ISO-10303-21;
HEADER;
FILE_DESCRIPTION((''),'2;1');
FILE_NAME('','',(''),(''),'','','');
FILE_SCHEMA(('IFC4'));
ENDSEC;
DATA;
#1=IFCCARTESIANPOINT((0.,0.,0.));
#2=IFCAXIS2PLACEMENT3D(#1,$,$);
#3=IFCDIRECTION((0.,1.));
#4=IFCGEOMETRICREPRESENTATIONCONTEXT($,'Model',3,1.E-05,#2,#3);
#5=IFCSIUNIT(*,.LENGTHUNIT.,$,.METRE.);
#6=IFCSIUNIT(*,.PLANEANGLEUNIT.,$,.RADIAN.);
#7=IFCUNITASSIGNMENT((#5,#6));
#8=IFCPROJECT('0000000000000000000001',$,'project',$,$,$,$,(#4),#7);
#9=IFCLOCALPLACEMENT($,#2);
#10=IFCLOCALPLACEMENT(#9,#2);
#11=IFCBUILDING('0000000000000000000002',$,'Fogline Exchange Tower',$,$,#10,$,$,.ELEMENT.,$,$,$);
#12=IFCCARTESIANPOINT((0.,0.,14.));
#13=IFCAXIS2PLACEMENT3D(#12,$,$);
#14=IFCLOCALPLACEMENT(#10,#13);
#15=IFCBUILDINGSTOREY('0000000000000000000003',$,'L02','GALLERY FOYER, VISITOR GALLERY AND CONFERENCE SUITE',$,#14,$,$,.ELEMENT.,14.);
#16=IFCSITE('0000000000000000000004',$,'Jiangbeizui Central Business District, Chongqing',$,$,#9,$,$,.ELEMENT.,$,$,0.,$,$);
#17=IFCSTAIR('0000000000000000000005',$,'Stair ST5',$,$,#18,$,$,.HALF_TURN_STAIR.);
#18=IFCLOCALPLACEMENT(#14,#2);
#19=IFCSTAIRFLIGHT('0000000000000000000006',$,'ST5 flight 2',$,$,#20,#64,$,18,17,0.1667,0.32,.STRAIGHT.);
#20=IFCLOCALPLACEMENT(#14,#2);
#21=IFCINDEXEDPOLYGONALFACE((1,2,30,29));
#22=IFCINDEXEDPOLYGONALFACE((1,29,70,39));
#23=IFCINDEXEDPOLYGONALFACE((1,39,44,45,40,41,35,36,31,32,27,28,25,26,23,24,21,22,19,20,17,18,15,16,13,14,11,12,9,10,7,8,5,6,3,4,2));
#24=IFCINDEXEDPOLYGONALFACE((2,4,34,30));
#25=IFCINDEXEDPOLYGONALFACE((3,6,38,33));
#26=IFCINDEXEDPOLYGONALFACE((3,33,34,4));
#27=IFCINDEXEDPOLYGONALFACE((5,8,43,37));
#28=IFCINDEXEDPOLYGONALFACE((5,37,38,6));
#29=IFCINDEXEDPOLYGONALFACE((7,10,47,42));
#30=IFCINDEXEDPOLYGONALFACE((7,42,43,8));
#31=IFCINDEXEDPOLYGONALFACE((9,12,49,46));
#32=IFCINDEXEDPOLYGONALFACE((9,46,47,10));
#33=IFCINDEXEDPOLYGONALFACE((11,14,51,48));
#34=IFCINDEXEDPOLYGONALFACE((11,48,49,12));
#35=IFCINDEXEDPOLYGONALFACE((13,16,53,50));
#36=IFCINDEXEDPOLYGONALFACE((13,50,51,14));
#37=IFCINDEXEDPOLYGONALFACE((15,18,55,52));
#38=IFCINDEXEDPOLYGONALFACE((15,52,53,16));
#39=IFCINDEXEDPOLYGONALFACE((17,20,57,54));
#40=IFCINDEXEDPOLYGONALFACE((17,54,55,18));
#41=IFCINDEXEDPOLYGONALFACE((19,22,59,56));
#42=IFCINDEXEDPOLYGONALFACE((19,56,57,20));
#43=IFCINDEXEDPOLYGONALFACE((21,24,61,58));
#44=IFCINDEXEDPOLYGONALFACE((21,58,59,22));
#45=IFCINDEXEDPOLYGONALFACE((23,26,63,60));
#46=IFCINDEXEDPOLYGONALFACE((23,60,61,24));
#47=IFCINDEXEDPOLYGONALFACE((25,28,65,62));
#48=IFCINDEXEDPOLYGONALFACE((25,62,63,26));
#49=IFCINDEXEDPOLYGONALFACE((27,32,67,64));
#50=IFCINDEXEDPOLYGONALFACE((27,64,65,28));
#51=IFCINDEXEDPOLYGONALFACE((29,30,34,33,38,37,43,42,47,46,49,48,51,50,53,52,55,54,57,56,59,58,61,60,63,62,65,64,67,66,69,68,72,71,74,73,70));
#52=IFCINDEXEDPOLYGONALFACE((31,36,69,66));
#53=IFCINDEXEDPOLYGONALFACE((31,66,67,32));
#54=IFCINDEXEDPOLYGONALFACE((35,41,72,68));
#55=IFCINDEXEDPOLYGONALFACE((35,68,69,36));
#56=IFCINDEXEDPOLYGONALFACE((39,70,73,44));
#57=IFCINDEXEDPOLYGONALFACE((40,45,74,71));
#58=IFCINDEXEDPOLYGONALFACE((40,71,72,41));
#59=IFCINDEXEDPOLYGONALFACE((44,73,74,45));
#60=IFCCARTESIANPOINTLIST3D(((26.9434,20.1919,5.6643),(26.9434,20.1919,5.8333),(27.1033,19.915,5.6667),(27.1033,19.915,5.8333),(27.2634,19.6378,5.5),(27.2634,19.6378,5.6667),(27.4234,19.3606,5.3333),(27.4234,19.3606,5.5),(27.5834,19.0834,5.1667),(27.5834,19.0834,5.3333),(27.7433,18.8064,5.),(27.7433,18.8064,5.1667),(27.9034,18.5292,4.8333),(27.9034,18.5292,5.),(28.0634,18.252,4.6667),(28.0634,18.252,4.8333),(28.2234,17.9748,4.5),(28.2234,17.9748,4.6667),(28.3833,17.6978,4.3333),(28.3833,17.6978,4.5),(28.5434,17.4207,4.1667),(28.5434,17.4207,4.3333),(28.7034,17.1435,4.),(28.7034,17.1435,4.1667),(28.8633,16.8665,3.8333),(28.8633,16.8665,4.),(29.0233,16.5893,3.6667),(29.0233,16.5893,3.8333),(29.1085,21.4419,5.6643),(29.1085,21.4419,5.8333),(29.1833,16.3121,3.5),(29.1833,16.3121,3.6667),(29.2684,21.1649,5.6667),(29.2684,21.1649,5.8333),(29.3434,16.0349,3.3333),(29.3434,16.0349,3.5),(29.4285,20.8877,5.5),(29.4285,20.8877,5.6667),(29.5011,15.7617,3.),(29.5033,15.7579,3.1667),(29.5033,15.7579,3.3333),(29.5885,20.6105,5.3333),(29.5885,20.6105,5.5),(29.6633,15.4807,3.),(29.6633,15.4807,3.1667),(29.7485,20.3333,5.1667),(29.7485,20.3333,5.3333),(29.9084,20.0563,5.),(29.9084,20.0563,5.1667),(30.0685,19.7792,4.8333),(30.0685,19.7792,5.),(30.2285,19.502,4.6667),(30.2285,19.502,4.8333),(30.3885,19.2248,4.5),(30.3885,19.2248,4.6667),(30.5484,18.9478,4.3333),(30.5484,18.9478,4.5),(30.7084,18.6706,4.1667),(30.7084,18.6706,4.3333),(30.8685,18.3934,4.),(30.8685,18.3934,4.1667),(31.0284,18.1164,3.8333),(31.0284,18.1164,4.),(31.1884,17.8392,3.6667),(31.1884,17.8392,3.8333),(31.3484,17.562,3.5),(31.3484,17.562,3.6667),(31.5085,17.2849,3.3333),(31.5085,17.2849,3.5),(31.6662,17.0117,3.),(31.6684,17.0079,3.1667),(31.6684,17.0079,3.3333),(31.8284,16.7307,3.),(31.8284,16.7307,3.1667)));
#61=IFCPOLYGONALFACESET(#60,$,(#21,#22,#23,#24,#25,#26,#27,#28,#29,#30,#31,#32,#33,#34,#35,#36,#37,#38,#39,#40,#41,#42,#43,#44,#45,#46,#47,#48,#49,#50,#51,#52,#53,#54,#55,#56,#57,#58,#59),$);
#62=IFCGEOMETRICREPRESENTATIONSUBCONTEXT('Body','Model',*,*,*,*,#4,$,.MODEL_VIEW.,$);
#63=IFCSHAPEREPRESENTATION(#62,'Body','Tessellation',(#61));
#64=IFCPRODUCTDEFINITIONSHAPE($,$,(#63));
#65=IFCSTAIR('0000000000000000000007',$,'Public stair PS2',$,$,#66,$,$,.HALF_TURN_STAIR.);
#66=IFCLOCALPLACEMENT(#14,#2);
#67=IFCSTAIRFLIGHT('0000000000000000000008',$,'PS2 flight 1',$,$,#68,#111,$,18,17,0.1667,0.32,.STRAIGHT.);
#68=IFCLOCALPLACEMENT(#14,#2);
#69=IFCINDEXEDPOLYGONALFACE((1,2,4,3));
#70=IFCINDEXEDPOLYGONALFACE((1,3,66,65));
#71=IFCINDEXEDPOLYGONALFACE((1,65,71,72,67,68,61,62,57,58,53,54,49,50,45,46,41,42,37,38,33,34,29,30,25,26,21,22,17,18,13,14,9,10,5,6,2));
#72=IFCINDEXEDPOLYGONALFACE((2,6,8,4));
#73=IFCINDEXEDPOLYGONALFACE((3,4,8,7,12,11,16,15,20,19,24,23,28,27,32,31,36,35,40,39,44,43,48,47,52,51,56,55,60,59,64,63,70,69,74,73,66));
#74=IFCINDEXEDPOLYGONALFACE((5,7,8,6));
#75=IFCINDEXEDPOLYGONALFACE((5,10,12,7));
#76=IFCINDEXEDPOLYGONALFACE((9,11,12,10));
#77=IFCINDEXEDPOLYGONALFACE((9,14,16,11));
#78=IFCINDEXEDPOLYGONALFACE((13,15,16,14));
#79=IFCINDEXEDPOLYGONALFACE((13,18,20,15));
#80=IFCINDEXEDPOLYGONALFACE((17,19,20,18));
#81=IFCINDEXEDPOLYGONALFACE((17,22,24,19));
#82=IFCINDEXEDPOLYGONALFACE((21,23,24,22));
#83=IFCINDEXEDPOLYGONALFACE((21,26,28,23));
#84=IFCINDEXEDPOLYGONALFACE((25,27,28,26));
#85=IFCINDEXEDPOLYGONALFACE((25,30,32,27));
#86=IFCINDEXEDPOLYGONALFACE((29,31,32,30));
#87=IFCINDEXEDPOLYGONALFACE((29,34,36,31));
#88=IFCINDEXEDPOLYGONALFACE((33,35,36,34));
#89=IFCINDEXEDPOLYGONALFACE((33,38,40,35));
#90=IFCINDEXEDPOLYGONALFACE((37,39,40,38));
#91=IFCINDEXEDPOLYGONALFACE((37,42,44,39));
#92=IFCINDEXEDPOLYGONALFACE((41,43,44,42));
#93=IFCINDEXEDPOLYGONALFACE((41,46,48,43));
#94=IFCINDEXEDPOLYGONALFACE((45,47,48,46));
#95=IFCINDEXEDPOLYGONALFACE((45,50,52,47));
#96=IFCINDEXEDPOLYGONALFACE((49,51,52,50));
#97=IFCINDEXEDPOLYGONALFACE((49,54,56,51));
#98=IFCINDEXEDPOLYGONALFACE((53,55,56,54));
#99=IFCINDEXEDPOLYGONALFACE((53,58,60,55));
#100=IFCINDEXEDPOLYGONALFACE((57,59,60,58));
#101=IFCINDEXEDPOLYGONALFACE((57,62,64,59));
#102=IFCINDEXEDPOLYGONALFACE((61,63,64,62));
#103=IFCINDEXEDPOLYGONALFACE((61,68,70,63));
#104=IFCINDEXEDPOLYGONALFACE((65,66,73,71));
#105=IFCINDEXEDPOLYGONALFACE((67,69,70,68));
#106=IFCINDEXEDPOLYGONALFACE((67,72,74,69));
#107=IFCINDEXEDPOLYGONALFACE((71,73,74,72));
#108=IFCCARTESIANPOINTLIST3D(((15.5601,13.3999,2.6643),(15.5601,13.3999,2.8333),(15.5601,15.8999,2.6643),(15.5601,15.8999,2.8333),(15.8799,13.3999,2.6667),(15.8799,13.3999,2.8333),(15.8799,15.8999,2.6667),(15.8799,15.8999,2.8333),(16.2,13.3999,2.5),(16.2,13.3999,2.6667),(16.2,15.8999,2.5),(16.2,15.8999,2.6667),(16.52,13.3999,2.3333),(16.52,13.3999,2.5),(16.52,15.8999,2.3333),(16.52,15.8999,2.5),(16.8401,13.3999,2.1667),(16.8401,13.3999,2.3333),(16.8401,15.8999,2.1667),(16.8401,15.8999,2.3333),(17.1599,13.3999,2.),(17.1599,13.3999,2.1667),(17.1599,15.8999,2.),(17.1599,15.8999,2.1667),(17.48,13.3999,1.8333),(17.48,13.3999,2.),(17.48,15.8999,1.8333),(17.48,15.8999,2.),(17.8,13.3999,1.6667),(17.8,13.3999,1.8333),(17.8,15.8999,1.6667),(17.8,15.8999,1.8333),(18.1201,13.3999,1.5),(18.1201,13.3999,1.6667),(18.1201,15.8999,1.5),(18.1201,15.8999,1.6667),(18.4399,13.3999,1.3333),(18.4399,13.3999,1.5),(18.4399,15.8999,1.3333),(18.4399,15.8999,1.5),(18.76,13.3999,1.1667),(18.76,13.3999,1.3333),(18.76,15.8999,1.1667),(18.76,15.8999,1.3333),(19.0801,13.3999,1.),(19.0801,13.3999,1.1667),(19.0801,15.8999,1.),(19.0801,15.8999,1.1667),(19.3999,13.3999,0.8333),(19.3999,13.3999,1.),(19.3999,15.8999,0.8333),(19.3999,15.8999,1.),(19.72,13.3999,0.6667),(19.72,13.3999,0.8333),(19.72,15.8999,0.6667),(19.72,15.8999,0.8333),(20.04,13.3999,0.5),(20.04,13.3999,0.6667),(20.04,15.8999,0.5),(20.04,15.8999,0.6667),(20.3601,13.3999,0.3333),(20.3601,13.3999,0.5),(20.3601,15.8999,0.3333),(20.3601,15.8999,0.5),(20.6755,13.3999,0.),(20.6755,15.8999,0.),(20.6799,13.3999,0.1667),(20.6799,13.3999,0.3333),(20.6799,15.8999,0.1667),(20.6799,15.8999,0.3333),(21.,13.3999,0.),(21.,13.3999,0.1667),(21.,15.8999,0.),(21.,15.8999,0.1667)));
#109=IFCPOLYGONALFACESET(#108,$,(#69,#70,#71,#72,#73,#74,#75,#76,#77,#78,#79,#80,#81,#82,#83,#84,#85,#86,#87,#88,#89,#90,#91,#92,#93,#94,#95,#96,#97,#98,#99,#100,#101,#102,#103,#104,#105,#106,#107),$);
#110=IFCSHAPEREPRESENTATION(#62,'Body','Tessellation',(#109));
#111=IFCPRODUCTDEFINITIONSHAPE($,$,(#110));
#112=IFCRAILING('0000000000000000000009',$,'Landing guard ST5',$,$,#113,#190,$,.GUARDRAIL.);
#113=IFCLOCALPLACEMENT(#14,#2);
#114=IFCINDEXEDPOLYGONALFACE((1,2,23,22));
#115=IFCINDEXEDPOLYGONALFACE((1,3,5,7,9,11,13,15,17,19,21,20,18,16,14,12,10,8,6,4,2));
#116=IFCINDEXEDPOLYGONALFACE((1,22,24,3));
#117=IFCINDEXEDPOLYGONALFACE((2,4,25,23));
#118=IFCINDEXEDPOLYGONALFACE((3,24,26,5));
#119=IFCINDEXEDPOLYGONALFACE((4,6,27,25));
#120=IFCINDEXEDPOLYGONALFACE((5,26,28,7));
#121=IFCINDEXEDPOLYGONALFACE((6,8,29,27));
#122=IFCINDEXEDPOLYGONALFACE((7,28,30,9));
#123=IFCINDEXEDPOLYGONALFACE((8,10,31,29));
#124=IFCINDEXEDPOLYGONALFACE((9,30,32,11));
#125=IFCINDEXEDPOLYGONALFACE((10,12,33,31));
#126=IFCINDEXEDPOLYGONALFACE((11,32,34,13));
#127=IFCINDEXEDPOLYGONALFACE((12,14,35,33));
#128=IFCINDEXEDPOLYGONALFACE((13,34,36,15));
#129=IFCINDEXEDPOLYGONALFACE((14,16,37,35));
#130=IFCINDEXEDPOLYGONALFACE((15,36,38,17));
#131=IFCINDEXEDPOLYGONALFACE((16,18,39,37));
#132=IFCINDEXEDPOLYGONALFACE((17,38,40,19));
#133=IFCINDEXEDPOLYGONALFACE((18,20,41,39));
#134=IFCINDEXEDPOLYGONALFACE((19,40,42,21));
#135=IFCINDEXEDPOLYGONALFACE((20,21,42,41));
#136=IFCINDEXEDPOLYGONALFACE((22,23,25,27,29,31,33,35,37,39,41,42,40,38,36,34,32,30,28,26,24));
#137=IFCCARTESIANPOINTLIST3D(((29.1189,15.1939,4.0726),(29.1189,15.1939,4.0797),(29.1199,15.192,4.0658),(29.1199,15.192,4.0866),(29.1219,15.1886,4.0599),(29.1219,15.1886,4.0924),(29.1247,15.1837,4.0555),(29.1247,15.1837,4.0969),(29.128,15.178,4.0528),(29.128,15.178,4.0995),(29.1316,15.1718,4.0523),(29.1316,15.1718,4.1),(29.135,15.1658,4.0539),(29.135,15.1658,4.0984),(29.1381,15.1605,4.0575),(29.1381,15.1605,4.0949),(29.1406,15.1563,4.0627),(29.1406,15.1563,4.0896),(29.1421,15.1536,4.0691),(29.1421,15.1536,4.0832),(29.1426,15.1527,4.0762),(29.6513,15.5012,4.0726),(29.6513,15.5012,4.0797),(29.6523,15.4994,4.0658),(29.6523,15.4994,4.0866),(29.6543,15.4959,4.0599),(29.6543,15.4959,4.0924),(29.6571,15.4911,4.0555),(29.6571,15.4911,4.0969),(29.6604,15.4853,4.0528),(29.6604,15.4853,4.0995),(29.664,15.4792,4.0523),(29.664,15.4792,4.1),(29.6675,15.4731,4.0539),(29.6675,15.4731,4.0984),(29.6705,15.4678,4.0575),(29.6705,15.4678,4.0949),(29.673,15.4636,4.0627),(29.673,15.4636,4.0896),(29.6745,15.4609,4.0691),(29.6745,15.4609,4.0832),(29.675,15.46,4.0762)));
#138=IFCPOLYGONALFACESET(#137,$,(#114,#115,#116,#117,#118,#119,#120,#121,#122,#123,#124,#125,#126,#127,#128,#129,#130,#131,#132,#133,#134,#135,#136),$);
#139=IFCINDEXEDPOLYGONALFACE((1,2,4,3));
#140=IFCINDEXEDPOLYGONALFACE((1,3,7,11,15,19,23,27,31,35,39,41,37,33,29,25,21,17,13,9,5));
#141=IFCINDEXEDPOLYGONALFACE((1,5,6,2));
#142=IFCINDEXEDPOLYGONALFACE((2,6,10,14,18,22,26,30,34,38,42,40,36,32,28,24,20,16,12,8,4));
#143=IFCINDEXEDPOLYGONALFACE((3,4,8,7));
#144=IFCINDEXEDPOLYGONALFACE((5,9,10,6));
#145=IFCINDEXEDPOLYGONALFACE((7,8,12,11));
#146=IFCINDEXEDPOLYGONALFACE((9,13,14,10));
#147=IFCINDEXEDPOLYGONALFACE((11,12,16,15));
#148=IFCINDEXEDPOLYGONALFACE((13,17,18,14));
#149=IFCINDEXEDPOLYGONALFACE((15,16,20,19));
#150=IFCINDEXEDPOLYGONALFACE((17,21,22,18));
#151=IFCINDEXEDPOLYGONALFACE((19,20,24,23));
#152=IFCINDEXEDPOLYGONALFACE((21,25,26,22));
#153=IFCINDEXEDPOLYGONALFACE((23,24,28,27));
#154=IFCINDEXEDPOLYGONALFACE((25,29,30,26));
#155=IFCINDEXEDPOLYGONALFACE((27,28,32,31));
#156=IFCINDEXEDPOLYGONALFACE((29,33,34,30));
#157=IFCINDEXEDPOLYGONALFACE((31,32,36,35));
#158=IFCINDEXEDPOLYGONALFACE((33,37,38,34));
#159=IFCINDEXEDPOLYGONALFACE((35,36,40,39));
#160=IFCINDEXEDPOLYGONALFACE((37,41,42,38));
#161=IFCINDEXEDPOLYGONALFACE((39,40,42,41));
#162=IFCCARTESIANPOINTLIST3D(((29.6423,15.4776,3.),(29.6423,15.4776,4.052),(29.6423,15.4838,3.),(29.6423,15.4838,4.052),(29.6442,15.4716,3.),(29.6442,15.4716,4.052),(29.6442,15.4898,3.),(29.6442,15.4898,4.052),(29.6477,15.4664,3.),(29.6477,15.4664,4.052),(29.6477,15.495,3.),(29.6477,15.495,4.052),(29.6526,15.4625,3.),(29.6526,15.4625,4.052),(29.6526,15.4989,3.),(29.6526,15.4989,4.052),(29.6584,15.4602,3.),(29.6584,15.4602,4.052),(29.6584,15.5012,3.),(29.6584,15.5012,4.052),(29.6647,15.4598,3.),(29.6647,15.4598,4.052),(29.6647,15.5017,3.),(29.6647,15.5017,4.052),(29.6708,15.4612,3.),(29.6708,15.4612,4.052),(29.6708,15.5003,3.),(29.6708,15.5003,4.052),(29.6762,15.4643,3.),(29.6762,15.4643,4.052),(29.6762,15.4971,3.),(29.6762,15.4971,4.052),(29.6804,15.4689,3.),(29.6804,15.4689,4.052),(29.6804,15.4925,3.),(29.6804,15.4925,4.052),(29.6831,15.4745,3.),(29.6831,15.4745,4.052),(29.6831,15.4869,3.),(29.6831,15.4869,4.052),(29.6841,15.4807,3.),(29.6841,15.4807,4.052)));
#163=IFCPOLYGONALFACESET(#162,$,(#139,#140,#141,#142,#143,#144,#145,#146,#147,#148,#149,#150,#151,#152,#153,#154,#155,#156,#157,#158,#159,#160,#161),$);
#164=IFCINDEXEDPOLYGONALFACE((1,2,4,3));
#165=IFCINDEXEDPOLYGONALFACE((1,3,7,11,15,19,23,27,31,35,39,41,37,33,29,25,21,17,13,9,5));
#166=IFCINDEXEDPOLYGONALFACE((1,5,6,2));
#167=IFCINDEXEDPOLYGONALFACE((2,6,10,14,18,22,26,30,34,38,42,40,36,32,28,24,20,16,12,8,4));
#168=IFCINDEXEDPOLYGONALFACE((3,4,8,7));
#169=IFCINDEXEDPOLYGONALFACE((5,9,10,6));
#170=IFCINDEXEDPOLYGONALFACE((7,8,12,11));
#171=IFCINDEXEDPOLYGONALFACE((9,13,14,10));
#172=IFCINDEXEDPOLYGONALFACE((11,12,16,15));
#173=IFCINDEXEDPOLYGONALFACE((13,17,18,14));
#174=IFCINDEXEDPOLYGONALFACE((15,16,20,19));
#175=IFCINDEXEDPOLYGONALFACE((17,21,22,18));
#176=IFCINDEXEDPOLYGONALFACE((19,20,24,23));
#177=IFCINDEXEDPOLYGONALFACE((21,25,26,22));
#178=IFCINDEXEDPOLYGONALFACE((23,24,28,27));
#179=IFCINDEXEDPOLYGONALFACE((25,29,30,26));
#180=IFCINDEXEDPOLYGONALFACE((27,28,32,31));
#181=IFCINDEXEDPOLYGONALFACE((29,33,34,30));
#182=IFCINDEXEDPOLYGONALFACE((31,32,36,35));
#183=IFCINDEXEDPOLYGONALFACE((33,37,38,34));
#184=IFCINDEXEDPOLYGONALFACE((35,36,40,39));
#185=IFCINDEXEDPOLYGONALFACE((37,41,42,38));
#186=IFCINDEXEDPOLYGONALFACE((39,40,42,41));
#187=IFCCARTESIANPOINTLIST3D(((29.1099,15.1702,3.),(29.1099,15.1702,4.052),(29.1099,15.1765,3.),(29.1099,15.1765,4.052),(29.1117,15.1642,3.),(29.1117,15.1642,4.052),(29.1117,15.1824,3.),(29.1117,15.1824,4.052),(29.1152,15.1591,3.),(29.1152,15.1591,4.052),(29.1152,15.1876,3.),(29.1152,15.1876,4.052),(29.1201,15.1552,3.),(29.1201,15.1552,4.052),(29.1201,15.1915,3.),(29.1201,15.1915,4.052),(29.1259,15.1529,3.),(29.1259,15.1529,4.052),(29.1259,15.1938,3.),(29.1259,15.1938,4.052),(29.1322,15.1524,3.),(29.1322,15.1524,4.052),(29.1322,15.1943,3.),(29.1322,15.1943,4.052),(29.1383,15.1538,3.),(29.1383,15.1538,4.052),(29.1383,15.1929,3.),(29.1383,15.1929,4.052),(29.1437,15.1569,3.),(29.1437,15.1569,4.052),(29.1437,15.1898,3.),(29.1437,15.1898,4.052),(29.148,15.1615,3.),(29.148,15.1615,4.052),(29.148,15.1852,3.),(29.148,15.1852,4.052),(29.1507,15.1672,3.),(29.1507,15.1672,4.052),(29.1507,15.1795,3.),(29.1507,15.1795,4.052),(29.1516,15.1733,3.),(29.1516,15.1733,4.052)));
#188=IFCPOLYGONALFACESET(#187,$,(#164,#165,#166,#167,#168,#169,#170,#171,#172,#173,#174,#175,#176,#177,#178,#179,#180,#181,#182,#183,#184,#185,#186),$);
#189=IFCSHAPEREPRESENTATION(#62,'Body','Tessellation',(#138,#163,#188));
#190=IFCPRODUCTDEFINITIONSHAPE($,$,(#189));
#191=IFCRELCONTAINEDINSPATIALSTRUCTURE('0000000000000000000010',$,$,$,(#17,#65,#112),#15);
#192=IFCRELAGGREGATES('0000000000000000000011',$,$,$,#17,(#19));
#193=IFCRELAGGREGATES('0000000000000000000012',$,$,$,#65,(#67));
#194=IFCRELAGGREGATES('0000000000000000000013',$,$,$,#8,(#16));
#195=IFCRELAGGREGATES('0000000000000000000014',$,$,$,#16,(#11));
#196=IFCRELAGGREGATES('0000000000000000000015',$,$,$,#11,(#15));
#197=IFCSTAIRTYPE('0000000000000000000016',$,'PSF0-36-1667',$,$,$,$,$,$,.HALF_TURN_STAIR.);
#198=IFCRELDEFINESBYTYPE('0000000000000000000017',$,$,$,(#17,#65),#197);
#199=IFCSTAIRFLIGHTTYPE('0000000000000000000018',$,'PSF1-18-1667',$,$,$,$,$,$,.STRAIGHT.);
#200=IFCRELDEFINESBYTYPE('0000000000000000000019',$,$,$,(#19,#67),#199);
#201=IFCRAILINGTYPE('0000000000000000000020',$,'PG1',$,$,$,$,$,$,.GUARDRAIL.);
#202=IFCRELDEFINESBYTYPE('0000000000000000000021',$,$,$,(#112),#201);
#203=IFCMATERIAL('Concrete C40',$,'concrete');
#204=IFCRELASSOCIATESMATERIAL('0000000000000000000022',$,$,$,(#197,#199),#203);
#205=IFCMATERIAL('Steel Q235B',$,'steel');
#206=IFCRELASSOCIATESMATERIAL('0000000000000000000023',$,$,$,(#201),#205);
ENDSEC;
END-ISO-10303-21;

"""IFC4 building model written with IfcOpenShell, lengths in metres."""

from ifc_helpers import new_model, si_unit, direction, frame, origin, origin_2d, place, context, subcontext, project, spatial, polyline, circle, outline, extrude, material, type_object, element, aggregate, save


model = new_model("IFC4")

# Units and contexts
model_context = context("Model", 3, precision=1e-05, world=origin(), true_north=direction((0.0, 1.0)))
body_context = subcontext(model_context, "Body", "Model", "MODEL_VIEW")
ifc_project = project(units=[si_unit("LENGTHUNIT", "METRE"), si_unit("PLANEANGLEUNIT", "RADIAN")], contexts=[model_context])

# Site, building, storey
site_placement = place(None, origin())
site = spatial("IfcSite", under=ifc_project, at=site_placement, Name="Jiangbeizui Central Business District, Chongqing", CompositionType="ELEMENT", RefElevation=0.0)
building_placement = place(site_placement, origin())
building = spatial("IfcBuilding", under=site, at=building_placement, Name="Fogline Exchange Tower", CompositionType="ELEMENT")
storey_placement = place(building_placement, frame((0.0, 0.0, 14.0)))
storey = spatial("IfcBuildingStorey", under=building, at=storey_placement, Name="L02", Description="GALLERY FOYER, VISITOR GALLERY AND CONFERENCE SUITE", CompositionType="ELEMENT", Elevation=14.0)

# Shared definitions
ifc_material_1 = material(Name="Concrete C40", Category="concrete")

# Stairs, stair flights
stair_type = type_object("IfcStairType", Name="PSF0-36-1667", PredefinedType="HALF_TURN_STAIR", material=ifc_material_1)
stair_1_placement = place(storey_placement, origin())
stair_1 = element("IfcStair", 1, at=stair_1_placement, inside=storey, type_object=stair_type, Name="Stair ST5", PredefinedType="HALF_TURN_STAIR")
stair_flight_type = type_object("IfcStairFlightType", Name="PSF1-18-1667", PredefinedType="STRAIGHT", material=ifc_material_1)
stair_flight_1_placement = place(storey_placement, frame((30.7458, 16.1057, 3.0), z_axis=(0.0, 0.0, 1.0), x_axis=(-0.499979, 0.866037, 0.0)))
stair_flight_1 = element("IfcStairFlight", 2, at=stair_flight_1_placement, type_object=stair_flight_type, Name="ST5 flight 2", NumberOfRisers=18, NumberOfTreads=17, PredefinedType="STRAIGHT", RiserHeight=0.1667, TreadLength=0.32, context=body_context, shape_type="SweptSolid", body=[
    extrude(outline(polyline([(0.0, 0.0), (0.0, 0.1667), (0.3201, 0.1667), (0.3201, 0.3333), (0.6399, 0.3333), (0.6399, 0.5), (0.96, 0.5), (0.96, 0.6667), (1.28, 0.6667), (1.28, 0.8333), (1.6001, 0.8333), (1.6001, 1.0), (1.9199, 1.0), (1.9199, 1.1667), (2.24, 1.1667), (2.24, 1.3333), (2.5601, 1.3333), (2.5601, 1.5), (2.8799, 1.5), (2.8799, 1.6667), (3.2, 1.6667), (3.2, 1.8333), (3.52, 1.8333), (3.52, 2.0), (3.8401, 2.0), (3.8401, 2.1667), (4.1599, 2.1667), (4.1599, 2.3333), (4.48, 2.3333), (4.48, 2.5), (4.8, 2.5), (4.8, 2.6667), (5.1201, 2.6667), (5.1201, 2.8333), (5.4399, 2.8333), (5.4399, 3.0), (5.4399, 2.6643), (0.3245, 0.0), (0.0, 0.0)])), frame((0.0, 1.25, 0.0), z_axis=(0.0, -1.0, 0.0), x_axis=(1.0, 0.0, 0.0)), (0.0, 0.0, 1.0), 2.5),
])
aggregate(stair_1, [stair_flight_1])
stair_2_placement = place(storey_placement, origin())
stair_2 = element("IfcStair", 3, at=stair_2_placement, inside=storey, type_object=stair_type, Name="Public stair PS2", PredefinedType="HALF_TURN_STAIR")
stair_flight_2_placement = place(storey_placement, frame((21.0, 14.6499, 0.0), z_axis=(0.0, 0.0, 1.0), x_axis=(-1.0, 0.0, 0.0)))
stair_flight_2 = element("IfcStairFlight", 4, at=stair_flight_2_placement, type_object=stair_flight_type, Name="PS2 flight 1", NumberOfRisers=18, NumberOfTreads=17, PredefinedType="STRAIGHT", RiserHeight=0.1667, TreadLength=0.32, context=body_context, shape_type="SweptSolid", body=[
    extrude(outline(polyline([(0.0, 0.0), (0.0, 0.1667), (0.3201, 0.1667), (0.3201, 0.3333), (0.6399, 0.3333), (0.6399, 0.5), (0.96, 0.5), (0.96, 0.6667), (1.28, 0.6667), (1.28, 0.8333), (1.6001, 0.8333), (1.6001, 1.0), (1.9199, 1.0), (1.9199, 1.1667), (2.24, 1.1667), (2.24, 1.3333), (2.5601, 1.3333), (2.5601, 1.5), (2.8799, 1.5), (2.8799, 1.6667), (3.2, 1.6667), (3.2, 1.8333), (3.52, 1.8333), (3.52, 2.0), (3.8401, 2.0), (3.8401, 2.1667), (4.1599, 2.1667), (4.1599, 2.3333), (4.48, 2.3333), (4.48, 2.5), (4.8, 2.5), (4.8, 2.6667), (5.1201, 2.6667), (5.1201, 2.8333), (5.4399, 2.8333), (5.4399, 3.0), (5.4399, 2.6643), (0.3245, 0.0), (0.0, 0.0)])), frame((0.0, 1.25, 0.0), z_axis=(0.0, -1.0, 0.0), x_axis=(1.0, 0.0, 0.0)), (0.0, 0.0, 1.0), 2.5),
])
aggregate(stair_2, [stair_flight_2])

# Railing
ifc_material_2 = material(Name="Steel Q235B", Category="steel")
railing_type_1 = type_object("IfcRailingType", Name="PG1", PredefinedType="GUARDRAIL", material=ifc_material_2)
railing_1_placement = place(storey_placement, frame((29.6631, 15.4807, 3.0)))
element("IfcRailing", 5, at=railing_1_placement, inside=storey, type_object=railing_type_1, Name="Landing guard ST5", PredefinedType="GUARDRAIL", context=body_context, shape_type="SweptSolid", body=[
    extrude(circle(Radius=0.0239, at=origin_2d()), frame((0.0, 0.0, 1.0762), z_axis=(-0.86606, -0.49994, 0.0), x_axis=(0.49994, -0.86606, 0.0)), (0.0, 0.0, 1.0), 0.6147),
    extrude(circle(Radius=0.021, at=origin_2d()), origin(), (0.0, 0.0, 1.0), 1.052),
    extrude(circle(Radius=0.021, at=origin_2d()), frame((-0.5325, -0.3074, 0.0)), (0.0, 0.0, 1.0), 1.052),
])

save(model, "model.ifc")
